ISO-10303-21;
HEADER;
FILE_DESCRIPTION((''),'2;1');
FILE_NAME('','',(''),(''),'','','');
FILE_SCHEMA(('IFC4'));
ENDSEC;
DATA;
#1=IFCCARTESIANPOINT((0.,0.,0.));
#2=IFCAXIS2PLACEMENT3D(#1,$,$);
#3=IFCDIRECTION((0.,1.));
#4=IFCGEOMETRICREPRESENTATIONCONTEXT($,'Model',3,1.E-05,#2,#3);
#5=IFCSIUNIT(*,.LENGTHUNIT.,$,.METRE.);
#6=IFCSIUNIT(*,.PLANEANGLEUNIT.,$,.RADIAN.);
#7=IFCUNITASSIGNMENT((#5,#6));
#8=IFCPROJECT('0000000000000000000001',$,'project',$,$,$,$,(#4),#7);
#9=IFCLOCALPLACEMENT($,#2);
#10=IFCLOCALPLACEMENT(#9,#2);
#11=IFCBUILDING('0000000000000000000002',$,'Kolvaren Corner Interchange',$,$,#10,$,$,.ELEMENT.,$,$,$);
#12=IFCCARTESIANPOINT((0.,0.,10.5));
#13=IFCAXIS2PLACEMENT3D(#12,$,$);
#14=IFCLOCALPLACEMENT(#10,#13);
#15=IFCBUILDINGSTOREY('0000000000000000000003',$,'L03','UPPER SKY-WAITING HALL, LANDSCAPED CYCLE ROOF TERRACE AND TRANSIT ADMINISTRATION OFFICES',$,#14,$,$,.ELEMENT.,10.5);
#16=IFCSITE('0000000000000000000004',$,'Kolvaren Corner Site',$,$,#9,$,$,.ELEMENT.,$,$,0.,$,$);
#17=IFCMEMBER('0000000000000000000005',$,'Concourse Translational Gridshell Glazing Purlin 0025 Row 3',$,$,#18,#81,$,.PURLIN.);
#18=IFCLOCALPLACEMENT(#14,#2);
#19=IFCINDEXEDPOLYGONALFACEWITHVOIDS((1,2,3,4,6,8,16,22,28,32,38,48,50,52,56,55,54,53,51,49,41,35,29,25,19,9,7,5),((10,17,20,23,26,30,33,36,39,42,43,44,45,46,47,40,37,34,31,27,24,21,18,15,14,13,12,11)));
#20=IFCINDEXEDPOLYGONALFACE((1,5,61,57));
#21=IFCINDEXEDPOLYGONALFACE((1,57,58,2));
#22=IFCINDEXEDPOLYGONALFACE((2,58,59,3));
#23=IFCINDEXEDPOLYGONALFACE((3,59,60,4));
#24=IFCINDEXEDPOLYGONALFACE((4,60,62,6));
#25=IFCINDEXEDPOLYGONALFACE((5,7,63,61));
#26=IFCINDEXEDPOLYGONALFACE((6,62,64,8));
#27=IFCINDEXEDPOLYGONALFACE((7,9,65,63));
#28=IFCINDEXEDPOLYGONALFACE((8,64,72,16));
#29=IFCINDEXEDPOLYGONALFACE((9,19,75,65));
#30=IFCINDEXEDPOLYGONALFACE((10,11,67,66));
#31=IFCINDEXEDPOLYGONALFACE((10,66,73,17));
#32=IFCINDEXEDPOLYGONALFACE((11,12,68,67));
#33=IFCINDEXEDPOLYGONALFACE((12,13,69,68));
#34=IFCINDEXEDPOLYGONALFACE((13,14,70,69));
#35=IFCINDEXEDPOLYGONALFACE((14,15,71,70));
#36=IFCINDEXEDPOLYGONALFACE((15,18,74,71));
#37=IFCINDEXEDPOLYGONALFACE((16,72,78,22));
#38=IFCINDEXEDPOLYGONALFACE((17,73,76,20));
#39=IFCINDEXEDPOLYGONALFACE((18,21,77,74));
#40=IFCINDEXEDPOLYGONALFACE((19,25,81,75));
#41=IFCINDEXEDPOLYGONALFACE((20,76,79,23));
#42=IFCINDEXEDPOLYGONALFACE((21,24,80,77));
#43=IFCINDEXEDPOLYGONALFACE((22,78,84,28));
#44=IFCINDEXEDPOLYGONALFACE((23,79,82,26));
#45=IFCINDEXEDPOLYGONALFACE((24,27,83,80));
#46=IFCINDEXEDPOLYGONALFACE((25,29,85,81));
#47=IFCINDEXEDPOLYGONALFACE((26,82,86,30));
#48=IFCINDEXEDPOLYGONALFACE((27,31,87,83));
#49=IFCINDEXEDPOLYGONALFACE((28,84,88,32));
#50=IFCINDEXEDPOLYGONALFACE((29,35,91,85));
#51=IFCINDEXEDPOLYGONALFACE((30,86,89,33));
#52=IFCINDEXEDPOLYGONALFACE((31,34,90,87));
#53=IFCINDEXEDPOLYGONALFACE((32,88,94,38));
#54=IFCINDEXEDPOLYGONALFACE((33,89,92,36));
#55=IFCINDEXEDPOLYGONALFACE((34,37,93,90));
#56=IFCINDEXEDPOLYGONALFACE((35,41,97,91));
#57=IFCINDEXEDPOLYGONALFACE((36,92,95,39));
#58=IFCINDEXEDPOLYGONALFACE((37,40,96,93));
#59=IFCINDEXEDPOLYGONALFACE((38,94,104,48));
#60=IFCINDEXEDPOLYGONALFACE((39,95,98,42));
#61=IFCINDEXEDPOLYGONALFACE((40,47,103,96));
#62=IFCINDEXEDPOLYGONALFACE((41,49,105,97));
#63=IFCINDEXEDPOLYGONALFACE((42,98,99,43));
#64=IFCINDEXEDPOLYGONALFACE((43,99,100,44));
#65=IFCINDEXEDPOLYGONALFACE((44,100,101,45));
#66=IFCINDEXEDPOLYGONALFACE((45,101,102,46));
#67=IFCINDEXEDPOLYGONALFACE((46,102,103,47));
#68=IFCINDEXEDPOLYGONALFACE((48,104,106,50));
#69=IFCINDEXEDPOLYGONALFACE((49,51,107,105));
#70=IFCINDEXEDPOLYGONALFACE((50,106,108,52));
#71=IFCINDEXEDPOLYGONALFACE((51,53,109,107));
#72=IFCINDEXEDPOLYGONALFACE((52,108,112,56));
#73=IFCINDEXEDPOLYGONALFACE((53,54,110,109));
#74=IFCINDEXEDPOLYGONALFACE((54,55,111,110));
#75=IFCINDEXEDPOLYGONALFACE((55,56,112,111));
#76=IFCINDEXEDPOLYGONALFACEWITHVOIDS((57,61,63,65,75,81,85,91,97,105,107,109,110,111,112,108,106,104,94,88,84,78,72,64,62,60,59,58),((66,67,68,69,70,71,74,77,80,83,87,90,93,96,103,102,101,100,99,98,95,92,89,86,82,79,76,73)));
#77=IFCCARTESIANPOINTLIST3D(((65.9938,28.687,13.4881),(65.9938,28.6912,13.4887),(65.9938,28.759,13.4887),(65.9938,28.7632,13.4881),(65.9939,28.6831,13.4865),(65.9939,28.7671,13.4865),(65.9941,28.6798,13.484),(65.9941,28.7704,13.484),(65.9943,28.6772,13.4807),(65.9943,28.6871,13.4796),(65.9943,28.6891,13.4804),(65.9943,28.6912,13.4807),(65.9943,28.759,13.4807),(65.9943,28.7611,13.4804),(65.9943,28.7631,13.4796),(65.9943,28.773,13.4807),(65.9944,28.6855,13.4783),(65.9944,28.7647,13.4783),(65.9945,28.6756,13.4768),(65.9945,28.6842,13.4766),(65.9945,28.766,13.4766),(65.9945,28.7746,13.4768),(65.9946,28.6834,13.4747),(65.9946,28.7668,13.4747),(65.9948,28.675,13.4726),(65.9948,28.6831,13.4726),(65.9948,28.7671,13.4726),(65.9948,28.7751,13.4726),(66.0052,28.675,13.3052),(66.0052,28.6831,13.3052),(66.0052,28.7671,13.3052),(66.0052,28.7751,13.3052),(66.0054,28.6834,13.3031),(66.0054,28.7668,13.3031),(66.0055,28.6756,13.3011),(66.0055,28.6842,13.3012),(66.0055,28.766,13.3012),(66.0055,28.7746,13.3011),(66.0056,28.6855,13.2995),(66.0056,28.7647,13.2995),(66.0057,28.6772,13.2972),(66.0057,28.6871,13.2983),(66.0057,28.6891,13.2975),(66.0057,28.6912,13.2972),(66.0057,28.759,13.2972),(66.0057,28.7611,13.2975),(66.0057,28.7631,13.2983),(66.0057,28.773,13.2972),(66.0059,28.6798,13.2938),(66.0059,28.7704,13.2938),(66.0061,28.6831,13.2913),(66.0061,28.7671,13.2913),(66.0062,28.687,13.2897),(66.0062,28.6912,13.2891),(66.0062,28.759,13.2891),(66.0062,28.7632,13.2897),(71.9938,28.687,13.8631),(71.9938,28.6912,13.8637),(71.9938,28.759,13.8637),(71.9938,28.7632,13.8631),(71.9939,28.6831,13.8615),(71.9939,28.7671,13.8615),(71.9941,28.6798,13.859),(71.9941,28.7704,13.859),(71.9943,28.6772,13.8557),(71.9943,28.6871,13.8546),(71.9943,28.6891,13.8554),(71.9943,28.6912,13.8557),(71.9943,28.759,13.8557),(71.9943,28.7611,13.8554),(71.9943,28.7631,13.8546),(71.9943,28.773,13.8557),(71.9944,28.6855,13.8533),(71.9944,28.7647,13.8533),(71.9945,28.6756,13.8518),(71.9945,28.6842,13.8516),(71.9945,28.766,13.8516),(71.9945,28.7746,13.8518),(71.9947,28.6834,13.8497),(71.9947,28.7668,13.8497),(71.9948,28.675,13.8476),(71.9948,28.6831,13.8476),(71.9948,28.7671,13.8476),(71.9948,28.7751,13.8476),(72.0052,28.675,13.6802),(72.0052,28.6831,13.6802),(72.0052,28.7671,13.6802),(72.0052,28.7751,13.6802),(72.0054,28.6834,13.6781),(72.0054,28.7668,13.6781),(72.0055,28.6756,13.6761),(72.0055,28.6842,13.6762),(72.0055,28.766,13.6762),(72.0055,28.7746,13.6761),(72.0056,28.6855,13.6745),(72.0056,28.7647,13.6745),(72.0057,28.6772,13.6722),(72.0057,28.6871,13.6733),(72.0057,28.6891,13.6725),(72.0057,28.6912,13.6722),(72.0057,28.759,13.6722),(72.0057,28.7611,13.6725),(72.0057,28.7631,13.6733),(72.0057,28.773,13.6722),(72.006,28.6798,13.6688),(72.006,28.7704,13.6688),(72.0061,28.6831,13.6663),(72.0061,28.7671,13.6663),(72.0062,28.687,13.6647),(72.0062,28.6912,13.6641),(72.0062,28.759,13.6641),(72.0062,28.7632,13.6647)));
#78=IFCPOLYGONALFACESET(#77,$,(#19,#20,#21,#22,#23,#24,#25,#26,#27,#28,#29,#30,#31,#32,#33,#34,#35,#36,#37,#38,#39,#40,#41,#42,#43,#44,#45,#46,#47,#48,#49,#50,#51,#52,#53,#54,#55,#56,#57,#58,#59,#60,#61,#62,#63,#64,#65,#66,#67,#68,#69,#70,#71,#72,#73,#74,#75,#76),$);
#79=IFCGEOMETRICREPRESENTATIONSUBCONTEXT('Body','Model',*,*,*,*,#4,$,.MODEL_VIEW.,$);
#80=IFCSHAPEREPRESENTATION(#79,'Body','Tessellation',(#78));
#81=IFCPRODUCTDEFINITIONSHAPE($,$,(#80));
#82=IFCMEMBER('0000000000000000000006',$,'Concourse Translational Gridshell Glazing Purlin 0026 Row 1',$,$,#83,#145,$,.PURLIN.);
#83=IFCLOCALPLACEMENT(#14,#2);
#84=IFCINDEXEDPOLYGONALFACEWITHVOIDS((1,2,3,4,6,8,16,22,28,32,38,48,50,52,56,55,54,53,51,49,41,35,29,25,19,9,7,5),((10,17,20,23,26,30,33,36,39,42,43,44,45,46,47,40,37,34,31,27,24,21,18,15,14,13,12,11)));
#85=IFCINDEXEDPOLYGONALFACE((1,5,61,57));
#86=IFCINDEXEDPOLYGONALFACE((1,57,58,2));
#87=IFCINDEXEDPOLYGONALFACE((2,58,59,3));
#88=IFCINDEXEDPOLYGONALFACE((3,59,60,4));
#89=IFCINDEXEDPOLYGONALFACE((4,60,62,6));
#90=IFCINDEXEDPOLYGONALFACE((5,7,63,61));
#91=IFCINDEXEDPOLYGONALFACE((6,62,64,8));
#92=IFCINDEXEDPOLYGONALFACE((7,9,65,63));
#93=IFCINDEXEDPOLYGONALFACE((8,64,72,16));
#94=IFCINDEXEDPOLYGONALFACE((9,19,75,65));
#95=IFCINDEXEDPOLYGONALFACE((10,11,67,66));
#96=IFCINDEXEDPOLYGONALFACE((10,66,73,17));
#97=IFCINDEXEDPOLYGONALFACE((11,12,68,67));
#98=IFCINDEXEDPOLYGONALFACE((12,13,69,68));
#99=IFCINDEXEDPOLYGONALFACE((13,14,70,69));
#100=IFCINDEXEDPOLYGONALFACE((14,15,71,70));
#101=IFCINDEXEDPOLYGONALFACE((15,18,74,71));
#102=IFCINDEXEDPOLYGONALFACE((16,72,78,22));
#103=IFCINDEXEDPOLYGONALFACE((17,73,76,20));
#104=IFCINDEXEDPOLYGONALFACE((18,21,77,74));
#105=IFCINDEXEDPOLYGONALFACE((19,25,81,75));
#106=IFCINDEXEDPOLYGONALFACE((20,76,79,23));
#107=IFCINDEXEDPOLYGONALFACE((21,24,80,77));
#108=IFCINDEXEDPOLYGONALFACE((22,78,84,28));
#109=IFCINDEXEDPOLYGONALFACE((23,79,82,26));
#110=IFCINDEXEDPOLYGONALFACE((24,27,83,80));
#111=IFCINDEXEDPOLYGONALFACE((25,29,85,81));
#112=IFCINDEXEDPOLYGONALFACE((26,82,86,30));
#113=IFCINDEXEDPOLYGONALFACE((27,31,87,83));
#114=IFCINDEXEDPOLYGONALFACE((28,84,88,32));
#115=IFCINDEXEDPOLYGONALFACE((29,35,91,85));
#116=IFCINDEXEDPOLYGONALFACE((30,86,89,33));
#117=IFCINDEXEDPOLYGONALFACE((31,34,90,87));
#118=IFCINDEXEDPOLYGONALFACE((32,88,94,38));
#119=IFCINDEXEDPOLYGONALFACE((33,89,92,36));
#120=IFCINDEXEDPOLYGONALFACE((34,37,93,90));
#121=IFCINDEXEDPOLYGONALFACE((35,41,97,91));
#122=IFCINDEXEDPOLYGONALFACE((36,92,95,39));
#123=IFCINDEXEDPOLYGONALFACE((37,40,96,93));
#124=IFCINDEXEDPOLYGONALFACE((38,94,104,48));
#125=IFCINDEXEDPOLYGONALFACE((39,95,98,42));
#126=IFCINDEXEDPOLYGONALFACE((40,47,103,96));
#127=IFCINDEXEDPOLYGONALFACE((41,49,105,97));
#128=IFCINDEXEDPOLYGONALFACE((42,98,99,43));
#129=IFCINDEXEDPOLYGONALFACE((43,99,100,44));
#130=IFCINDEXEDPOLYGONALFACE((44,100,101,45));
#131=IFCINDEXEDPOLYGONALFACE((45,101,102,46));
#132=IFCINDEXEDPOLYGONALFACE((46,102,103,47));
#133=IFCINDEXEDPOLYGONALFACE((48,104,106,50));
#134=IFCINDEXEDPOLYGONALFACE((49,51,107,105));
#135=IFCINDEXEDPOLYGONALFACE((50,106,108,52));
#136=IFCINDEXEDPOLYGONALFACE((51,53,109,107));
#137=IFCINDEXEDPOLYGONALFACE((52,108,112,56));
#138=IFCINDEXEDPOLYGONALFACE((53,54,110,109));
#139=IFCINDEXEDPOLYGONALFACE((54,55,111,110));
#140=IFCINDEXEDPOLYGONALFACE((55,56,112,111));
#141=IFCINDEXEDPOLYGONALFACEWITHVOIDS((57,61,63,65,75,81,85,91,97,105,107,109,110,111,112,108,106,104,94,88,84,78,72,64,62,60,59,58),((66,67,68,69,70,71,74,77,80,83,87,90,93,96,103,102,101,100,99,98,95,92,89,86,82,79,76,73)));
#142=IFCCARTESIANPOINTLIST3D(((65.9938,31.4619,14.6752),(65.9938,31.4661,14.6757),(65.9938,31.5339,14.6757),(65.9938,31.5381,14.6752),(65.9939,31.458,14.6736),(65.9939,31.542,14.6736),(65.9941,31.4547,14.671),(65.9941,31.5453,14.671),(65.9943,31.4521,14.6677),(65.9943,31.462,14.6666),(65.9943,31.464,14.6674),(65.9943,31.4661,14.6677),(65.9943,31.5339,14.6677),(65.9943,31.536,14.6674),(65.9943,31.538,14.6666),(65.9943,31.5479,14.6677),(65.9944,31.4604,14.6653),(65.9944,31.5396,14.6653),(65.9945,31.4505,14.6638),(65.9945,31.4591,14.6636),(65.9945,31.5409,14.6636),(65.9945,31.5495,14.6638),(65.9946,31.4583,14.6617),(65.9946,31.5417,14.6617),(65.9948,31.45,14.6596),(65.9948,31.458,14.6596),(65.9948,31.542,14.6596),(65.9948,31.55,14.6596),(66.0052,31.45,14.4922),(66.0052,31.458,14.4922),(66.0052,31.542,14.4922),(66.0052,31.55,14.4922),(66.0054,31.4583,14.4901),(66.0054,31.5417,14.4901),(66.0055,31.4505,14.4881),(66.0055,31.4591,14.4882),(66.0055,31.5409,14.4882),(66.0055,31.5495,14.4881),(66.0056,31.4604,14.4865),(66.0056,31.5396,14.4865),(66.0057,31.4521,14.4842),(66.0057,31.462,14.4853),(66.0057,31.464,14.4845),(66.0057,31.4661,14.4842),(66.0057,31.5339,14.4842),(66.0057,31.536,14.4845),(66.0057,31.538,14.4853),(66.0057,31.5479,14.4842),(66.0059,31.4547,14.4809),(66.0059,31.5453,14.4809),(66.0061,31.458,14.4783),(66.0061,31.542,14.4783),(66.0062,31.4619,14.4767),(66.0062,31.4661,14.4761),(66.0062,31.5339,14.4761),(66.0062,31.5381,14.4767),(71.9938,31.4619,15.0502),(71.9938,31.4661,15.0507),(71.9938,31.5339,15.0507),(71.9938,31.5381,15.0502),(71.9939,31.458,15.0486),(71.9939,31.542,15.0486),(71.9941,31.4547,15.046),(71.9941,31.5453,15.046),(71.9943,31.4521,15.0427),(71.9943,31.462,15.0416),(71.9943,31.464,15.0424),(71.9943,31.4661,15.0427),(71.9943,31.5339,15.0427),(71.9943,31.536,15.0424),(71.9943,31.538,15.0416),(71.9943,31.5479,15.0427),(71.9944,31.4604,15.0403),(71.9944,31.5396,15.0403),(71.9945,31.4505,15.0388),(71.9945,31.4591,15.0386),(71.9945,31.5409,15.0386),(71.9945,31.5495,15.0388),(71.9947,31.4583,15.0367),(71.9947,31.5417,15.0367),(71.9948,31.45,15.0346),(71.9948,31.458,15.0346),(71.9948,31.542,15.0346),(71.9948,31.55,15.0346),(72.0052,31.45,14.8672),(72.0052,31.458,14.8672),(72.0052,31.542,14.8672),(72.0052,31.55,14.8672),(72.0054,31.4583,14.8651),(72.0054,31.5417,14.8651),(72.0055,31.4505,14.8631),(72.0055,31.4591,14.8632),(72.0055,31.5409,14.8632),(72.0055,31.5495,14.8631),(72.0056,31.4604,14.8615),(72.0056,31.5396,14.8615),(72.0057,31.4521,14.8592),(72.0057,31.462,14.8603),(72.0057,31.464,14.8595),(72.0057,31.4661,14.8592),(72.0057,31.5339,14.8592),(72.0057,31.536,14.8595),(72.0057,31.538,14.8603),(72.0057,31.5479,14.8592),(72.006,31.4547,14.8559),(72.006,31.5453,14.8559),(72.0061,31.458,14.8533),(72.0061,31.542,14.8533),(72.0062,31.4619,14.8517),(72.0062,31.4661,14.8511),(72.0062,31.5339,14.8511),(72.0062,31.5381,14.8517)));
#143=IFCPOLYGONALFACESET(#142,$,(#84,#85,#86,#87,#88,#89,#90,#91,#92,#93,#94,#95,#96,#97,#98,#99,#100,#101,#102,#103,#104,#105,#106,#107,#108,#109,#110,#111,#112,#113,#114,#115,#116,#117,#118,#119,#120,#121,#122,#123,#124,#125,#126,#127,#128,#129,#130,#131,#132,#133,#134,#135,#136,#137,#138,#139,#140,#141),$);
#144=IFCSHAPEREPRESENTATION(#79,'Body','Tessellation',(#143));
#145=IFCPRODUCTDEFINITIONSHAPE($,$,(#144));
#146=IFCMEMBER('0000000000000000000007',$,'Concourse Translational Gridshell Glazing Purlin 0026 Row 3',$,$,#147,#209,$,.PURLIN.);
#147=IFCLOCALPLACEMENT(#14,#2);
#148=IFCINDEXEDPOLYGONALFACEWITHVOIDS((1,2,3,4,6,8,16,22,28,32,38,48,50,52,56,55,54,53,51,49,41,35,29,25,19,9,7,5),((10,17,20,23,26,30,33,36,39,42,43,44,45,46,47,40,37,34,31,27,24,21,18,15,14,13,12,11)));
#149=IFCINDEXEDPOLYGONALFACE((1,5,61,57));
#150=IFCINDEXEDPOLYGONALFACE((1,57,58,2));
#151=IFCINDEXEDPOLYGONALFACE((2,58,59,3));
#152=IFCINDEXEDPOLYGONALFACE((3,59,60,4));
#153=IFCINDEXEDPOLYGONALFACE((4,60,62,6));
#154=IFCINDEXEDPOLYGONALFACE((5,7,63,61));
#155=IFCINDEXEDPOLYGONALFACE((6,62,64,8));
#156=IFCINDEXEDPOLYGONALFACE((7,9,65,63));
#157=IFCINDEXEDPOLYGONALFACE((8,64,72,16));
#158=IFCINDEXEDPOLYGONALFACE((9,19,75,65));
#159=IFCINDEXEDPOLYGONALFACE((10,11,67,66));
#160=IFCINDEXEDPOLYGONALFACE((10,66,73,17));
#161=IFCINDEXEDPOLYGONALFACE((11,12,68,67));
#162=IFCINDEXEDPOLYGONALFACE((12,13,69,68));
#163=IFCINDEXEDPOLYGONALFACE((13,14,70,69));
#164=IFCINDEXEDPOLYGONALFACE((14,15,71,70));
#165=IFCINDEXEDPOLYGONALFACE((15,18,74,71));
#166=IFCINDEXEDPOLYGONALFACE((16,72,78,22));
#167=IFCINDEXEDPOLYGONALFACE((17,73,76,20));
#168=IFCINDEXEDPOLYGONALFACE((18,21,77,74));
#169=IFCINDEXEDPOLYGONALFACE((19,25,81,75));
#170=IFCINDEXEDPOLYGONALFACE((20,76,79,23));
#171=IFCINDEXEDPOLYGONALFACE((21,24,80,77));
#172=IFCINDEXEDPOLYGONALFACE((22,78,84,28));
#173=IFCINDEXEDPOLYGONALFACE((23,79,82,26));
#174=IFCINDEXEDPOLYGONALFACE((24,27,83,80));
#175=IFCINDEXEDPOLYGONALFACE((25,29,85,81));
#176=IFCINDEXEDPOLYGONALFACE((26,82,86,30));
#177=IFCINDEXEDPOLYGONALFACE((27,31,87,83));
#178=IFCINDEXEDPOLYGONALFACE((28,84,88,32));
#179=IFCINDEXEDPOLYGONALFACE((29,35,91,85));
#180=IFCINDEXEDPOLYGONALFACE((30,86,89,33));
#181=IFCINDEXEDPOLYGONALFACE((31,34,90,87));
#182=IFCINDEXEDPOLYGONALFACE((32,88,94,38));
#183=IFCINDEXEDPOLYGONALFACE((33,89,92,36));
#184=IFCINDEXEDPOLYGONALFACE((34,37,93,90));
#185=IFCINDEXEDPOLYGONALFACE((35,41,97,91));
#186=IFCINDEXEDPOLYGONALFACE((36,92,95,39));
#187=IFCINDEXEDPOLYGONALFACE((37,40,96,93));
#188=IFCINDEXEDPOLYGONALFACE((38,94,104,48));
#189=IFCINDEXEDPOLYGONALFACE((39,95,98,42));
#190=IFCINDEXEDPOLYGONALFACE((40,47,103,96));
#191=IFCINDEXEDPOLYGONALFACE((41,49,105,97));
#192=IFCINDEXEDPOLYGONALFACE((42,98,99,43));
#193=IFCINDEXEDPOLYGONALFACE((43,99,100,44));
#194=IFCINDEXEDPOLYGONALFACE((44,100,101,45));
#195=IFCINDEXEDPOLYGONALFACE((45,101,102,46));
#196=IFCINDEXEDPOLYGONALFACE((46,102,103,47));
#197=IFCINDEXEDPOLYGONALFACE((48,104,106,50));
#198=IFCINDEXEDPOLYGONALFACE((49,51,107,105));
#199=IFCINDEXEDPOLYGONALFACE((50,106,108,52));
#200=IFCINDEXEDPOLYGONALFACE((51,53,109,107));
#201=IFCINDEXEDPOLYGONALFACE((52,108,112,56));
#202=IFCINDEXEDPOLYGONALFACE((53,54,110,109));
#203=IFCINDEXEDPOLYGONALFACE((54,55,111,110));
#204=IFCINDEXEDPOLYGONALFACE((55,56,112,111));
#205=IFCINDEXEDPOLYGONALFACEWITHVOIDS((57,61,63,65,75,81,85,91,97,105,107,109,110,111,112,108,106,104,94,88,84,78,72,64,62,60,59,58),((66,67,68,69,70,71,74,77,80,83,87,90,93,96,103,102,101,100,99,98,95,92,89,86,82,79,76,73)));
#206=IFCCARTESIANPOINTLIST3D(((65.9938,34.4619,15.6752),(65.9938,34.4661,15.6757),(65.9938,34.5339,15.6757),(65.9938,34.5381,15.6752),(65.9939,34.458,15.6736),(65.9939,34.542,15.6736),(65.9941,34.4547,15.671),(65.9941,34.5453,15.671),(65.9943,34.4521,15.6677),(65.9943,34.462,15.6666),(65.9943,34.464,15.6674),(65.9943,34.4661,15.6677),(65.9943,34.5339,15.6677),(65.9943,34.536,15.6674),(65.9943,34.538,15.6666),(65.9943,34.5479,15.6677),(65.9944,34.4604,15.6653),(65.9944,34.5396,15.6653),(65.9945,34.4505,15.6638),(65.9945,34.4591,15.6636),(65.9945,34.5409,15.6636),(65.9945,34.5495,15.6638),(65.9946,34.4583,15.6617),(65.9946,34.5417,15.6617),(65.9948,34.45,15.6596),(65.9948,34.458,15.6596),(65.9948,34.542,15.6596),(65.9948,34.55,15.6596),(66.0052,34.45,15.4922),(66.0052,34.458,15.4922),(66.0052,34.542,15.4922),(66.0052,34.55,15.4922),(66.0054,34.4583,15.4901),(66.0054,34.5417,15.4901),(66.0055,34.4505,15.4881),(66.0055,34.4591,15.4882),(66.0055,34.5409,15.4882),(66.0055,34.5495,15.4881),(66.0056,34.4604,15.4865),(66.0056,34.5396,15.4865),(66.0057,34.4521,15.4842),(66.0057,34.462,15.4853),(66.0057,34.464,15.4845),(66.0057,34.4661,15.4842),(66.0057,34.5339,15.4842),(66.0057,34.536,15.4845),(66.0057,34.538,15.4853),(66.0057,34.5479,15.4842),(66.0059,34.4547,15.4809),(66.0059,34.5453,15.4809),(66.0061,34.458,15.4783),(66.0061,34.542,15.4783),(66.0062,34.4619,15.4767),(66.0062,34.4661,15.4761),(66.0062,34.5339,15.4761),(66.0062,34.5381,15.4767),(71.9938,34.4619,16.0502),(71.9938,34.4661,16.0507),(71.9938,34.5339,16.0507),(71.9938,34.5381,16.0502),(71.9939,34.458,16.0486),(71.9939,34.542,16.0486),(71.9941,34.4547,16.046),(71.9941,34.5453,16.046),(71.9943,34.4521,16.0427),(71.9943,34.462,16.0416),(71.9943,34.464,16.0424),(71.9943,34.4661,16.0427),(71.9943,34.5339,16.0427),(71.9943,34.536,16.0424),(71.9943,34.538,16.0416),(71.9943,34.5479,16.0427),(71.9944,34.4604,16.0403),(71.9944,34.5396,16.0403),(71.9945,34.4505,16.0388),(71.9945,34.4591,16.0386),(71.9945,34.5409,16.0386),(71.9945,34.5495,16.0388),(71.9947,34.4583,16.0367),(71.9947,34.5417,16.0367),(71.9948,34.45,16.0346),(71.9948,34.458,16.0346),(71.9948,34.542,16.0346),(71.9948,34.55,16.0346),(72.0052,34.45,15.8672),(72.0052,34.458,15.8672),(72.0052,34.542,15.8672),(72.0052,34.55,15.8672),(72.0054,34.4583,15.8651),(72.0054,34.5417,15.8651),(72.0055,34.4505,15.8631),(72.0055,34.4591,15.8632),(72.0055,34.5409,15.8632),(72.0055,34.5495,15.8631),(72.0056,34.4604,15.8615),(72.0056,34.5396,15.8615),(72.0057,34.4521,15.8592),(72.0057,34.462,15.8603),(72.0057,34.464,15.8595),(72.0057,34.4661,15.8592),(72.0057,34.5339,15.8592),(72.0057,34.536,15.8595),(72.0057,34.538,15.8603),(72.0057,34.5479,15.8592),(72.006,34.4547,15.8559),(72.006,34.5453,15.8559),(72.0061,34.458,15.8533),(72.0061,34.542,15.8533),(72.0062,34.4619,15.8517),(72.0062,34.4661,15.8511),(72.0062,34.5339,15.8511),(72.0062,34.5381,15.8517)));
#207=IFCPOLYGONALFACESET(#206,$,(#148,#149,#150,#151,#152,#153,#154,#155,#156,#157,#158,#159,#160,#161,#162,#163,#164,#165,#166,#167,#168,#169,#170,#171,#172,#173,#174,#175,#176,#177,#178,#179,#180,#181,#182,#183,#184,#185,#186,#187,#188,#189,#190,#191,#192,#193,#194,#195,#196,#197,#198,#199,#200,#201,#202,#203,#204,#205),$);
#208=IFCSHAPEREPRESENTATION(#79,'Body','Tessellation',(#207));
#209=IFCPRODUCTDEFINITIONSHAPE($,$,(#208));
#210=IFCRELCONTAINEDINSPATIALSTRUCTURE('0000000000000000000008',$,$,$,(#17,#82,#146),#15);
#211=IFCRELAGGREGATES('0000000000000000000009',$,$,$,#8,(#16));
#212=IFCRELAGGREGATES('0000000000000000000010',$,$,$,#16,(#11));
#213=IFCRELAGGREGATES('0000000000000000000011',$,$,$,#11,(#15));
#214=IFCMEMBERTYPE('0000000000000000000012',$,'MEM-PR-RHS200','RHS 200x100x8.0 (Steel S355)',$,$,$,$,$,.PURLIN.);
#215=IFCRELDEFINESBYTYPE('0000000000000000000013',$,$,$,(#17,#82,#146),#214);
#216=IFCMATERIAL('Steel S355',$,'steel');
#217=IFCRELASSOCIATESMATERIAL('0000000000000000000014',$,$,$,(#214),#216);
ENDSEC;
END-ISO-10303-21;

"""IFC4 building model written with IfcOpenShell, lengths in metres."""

from ifc_helpers import new_model, si_unit, direction, frame, origin, origin_2d, place, context, subcontext, project, spatial, hollow_rectangle, extrude, material, material_profile, profile_set, type_object, element, save


model = new_model("IFC4")

# Units and contexts
model_context = context("Model", 3, precision=1e-05, world=origin(), true_north=direction((0.0, 1.0)))
body_context = subcontext(model_context, "Body", "Model", "MODEL_VIEW")
ifc_project = project(units=[si_unit("LENGTHUNIT", "METRE"), si_unit("PLANEANGLEUNIT", "RADIAN")], contexts=[model_context])

# Site, building, storey
site_placement = place(None, origin())
site = spatial("IfcSite", under=ifc_project, at=site_placement, Name="Kolvaren Corner Site", CompositionType="ELEMENT", RefElevation=0.0)
building_placement = place(site_placement, origin())
building = spatial("IfcBuilding", under=site, at=building_placement, Name="Kolvaren Corner Interchange", CompositionType="ELEMENT")
storey_placement = place(building_placement, frame((0.0, 0.0, 10.5)))
storey = spatial("IfcBuildingStorey", under=building, at=storey_placement, Name="L03", Description="UPPER SKY-WAITING HALL, LANDSCAPED CYCLE ROOF TERRACE AND TRANSIT ADMINISTRATION OFFICES", CompositionType="ELEMENT", Elevation=10.5)

# Members
ifc_material_1 = material(Name="Steel S355", Category="steel")
ifc_material_profile_1 = material_profile(ifc_material_1, hollow_rectangle(XDim=0.1001, YDim=0.2, WallThickness=0.0081, InnerFilletRadius=0.0081, OuterFilletRadius=0.0161, at=origin_2d()), Name="RHS 200x100x8.0")
ifc_profile_set_1 = profile_set([ifc_material_profile_1], Name="Steel S355")
member_type_1 = type_object("IfcMemberType", Name="MEM-PR-RHS200", Description="RHS 200x100x8.0 (Steel S355)", PredefinedType="PURLIN", material=ifc_profile_set_1)
for number, where, z_axis, x_axis, name in (
    (1, (66.0, 28.7251, 13.3889), (0.998053, 0.0, 0.062378), (0.0, 1.0, 0.0), "Concourse Translational Gridshell Glazing Purlin 0025 Row 3"),
    (2, (66.0, 31.5, 14.5759), (0.998053, 0.0, 0.062378), (0.0, 1.0, 0.0), "Concourse Translational Gridshell Glazing Purlin 0026 Row 1"),
    (3, (66.0, 34.5, 15.5759), (0.998053, 0.0, 0.062378), (0.0, 1.0, 0.0), "Concourse Translational Gridshell Glazing Purlin 0026 Row 3"),
):
    element("IfcMember", number, at=place(storey_placement, frame(where, z_axis=z_axis, x_axis=x_axis)), inside=storey, type_object=member_type_1, Name=name, PredefinedType="PURLIN", context=body_context, shape_type="SweptSolid", body=[
        extrude(hollow_rectangle(XDim=0.1001, YDim=0.2, WallThickness=0.0081, InnerFilletRadius=0.0081, OuterFilletRadius=0.0161, at=origin_2d()), origin(), (0.0, 0.0, 1.0), 6.0117),
    ])

save(model, "model.ifc")
